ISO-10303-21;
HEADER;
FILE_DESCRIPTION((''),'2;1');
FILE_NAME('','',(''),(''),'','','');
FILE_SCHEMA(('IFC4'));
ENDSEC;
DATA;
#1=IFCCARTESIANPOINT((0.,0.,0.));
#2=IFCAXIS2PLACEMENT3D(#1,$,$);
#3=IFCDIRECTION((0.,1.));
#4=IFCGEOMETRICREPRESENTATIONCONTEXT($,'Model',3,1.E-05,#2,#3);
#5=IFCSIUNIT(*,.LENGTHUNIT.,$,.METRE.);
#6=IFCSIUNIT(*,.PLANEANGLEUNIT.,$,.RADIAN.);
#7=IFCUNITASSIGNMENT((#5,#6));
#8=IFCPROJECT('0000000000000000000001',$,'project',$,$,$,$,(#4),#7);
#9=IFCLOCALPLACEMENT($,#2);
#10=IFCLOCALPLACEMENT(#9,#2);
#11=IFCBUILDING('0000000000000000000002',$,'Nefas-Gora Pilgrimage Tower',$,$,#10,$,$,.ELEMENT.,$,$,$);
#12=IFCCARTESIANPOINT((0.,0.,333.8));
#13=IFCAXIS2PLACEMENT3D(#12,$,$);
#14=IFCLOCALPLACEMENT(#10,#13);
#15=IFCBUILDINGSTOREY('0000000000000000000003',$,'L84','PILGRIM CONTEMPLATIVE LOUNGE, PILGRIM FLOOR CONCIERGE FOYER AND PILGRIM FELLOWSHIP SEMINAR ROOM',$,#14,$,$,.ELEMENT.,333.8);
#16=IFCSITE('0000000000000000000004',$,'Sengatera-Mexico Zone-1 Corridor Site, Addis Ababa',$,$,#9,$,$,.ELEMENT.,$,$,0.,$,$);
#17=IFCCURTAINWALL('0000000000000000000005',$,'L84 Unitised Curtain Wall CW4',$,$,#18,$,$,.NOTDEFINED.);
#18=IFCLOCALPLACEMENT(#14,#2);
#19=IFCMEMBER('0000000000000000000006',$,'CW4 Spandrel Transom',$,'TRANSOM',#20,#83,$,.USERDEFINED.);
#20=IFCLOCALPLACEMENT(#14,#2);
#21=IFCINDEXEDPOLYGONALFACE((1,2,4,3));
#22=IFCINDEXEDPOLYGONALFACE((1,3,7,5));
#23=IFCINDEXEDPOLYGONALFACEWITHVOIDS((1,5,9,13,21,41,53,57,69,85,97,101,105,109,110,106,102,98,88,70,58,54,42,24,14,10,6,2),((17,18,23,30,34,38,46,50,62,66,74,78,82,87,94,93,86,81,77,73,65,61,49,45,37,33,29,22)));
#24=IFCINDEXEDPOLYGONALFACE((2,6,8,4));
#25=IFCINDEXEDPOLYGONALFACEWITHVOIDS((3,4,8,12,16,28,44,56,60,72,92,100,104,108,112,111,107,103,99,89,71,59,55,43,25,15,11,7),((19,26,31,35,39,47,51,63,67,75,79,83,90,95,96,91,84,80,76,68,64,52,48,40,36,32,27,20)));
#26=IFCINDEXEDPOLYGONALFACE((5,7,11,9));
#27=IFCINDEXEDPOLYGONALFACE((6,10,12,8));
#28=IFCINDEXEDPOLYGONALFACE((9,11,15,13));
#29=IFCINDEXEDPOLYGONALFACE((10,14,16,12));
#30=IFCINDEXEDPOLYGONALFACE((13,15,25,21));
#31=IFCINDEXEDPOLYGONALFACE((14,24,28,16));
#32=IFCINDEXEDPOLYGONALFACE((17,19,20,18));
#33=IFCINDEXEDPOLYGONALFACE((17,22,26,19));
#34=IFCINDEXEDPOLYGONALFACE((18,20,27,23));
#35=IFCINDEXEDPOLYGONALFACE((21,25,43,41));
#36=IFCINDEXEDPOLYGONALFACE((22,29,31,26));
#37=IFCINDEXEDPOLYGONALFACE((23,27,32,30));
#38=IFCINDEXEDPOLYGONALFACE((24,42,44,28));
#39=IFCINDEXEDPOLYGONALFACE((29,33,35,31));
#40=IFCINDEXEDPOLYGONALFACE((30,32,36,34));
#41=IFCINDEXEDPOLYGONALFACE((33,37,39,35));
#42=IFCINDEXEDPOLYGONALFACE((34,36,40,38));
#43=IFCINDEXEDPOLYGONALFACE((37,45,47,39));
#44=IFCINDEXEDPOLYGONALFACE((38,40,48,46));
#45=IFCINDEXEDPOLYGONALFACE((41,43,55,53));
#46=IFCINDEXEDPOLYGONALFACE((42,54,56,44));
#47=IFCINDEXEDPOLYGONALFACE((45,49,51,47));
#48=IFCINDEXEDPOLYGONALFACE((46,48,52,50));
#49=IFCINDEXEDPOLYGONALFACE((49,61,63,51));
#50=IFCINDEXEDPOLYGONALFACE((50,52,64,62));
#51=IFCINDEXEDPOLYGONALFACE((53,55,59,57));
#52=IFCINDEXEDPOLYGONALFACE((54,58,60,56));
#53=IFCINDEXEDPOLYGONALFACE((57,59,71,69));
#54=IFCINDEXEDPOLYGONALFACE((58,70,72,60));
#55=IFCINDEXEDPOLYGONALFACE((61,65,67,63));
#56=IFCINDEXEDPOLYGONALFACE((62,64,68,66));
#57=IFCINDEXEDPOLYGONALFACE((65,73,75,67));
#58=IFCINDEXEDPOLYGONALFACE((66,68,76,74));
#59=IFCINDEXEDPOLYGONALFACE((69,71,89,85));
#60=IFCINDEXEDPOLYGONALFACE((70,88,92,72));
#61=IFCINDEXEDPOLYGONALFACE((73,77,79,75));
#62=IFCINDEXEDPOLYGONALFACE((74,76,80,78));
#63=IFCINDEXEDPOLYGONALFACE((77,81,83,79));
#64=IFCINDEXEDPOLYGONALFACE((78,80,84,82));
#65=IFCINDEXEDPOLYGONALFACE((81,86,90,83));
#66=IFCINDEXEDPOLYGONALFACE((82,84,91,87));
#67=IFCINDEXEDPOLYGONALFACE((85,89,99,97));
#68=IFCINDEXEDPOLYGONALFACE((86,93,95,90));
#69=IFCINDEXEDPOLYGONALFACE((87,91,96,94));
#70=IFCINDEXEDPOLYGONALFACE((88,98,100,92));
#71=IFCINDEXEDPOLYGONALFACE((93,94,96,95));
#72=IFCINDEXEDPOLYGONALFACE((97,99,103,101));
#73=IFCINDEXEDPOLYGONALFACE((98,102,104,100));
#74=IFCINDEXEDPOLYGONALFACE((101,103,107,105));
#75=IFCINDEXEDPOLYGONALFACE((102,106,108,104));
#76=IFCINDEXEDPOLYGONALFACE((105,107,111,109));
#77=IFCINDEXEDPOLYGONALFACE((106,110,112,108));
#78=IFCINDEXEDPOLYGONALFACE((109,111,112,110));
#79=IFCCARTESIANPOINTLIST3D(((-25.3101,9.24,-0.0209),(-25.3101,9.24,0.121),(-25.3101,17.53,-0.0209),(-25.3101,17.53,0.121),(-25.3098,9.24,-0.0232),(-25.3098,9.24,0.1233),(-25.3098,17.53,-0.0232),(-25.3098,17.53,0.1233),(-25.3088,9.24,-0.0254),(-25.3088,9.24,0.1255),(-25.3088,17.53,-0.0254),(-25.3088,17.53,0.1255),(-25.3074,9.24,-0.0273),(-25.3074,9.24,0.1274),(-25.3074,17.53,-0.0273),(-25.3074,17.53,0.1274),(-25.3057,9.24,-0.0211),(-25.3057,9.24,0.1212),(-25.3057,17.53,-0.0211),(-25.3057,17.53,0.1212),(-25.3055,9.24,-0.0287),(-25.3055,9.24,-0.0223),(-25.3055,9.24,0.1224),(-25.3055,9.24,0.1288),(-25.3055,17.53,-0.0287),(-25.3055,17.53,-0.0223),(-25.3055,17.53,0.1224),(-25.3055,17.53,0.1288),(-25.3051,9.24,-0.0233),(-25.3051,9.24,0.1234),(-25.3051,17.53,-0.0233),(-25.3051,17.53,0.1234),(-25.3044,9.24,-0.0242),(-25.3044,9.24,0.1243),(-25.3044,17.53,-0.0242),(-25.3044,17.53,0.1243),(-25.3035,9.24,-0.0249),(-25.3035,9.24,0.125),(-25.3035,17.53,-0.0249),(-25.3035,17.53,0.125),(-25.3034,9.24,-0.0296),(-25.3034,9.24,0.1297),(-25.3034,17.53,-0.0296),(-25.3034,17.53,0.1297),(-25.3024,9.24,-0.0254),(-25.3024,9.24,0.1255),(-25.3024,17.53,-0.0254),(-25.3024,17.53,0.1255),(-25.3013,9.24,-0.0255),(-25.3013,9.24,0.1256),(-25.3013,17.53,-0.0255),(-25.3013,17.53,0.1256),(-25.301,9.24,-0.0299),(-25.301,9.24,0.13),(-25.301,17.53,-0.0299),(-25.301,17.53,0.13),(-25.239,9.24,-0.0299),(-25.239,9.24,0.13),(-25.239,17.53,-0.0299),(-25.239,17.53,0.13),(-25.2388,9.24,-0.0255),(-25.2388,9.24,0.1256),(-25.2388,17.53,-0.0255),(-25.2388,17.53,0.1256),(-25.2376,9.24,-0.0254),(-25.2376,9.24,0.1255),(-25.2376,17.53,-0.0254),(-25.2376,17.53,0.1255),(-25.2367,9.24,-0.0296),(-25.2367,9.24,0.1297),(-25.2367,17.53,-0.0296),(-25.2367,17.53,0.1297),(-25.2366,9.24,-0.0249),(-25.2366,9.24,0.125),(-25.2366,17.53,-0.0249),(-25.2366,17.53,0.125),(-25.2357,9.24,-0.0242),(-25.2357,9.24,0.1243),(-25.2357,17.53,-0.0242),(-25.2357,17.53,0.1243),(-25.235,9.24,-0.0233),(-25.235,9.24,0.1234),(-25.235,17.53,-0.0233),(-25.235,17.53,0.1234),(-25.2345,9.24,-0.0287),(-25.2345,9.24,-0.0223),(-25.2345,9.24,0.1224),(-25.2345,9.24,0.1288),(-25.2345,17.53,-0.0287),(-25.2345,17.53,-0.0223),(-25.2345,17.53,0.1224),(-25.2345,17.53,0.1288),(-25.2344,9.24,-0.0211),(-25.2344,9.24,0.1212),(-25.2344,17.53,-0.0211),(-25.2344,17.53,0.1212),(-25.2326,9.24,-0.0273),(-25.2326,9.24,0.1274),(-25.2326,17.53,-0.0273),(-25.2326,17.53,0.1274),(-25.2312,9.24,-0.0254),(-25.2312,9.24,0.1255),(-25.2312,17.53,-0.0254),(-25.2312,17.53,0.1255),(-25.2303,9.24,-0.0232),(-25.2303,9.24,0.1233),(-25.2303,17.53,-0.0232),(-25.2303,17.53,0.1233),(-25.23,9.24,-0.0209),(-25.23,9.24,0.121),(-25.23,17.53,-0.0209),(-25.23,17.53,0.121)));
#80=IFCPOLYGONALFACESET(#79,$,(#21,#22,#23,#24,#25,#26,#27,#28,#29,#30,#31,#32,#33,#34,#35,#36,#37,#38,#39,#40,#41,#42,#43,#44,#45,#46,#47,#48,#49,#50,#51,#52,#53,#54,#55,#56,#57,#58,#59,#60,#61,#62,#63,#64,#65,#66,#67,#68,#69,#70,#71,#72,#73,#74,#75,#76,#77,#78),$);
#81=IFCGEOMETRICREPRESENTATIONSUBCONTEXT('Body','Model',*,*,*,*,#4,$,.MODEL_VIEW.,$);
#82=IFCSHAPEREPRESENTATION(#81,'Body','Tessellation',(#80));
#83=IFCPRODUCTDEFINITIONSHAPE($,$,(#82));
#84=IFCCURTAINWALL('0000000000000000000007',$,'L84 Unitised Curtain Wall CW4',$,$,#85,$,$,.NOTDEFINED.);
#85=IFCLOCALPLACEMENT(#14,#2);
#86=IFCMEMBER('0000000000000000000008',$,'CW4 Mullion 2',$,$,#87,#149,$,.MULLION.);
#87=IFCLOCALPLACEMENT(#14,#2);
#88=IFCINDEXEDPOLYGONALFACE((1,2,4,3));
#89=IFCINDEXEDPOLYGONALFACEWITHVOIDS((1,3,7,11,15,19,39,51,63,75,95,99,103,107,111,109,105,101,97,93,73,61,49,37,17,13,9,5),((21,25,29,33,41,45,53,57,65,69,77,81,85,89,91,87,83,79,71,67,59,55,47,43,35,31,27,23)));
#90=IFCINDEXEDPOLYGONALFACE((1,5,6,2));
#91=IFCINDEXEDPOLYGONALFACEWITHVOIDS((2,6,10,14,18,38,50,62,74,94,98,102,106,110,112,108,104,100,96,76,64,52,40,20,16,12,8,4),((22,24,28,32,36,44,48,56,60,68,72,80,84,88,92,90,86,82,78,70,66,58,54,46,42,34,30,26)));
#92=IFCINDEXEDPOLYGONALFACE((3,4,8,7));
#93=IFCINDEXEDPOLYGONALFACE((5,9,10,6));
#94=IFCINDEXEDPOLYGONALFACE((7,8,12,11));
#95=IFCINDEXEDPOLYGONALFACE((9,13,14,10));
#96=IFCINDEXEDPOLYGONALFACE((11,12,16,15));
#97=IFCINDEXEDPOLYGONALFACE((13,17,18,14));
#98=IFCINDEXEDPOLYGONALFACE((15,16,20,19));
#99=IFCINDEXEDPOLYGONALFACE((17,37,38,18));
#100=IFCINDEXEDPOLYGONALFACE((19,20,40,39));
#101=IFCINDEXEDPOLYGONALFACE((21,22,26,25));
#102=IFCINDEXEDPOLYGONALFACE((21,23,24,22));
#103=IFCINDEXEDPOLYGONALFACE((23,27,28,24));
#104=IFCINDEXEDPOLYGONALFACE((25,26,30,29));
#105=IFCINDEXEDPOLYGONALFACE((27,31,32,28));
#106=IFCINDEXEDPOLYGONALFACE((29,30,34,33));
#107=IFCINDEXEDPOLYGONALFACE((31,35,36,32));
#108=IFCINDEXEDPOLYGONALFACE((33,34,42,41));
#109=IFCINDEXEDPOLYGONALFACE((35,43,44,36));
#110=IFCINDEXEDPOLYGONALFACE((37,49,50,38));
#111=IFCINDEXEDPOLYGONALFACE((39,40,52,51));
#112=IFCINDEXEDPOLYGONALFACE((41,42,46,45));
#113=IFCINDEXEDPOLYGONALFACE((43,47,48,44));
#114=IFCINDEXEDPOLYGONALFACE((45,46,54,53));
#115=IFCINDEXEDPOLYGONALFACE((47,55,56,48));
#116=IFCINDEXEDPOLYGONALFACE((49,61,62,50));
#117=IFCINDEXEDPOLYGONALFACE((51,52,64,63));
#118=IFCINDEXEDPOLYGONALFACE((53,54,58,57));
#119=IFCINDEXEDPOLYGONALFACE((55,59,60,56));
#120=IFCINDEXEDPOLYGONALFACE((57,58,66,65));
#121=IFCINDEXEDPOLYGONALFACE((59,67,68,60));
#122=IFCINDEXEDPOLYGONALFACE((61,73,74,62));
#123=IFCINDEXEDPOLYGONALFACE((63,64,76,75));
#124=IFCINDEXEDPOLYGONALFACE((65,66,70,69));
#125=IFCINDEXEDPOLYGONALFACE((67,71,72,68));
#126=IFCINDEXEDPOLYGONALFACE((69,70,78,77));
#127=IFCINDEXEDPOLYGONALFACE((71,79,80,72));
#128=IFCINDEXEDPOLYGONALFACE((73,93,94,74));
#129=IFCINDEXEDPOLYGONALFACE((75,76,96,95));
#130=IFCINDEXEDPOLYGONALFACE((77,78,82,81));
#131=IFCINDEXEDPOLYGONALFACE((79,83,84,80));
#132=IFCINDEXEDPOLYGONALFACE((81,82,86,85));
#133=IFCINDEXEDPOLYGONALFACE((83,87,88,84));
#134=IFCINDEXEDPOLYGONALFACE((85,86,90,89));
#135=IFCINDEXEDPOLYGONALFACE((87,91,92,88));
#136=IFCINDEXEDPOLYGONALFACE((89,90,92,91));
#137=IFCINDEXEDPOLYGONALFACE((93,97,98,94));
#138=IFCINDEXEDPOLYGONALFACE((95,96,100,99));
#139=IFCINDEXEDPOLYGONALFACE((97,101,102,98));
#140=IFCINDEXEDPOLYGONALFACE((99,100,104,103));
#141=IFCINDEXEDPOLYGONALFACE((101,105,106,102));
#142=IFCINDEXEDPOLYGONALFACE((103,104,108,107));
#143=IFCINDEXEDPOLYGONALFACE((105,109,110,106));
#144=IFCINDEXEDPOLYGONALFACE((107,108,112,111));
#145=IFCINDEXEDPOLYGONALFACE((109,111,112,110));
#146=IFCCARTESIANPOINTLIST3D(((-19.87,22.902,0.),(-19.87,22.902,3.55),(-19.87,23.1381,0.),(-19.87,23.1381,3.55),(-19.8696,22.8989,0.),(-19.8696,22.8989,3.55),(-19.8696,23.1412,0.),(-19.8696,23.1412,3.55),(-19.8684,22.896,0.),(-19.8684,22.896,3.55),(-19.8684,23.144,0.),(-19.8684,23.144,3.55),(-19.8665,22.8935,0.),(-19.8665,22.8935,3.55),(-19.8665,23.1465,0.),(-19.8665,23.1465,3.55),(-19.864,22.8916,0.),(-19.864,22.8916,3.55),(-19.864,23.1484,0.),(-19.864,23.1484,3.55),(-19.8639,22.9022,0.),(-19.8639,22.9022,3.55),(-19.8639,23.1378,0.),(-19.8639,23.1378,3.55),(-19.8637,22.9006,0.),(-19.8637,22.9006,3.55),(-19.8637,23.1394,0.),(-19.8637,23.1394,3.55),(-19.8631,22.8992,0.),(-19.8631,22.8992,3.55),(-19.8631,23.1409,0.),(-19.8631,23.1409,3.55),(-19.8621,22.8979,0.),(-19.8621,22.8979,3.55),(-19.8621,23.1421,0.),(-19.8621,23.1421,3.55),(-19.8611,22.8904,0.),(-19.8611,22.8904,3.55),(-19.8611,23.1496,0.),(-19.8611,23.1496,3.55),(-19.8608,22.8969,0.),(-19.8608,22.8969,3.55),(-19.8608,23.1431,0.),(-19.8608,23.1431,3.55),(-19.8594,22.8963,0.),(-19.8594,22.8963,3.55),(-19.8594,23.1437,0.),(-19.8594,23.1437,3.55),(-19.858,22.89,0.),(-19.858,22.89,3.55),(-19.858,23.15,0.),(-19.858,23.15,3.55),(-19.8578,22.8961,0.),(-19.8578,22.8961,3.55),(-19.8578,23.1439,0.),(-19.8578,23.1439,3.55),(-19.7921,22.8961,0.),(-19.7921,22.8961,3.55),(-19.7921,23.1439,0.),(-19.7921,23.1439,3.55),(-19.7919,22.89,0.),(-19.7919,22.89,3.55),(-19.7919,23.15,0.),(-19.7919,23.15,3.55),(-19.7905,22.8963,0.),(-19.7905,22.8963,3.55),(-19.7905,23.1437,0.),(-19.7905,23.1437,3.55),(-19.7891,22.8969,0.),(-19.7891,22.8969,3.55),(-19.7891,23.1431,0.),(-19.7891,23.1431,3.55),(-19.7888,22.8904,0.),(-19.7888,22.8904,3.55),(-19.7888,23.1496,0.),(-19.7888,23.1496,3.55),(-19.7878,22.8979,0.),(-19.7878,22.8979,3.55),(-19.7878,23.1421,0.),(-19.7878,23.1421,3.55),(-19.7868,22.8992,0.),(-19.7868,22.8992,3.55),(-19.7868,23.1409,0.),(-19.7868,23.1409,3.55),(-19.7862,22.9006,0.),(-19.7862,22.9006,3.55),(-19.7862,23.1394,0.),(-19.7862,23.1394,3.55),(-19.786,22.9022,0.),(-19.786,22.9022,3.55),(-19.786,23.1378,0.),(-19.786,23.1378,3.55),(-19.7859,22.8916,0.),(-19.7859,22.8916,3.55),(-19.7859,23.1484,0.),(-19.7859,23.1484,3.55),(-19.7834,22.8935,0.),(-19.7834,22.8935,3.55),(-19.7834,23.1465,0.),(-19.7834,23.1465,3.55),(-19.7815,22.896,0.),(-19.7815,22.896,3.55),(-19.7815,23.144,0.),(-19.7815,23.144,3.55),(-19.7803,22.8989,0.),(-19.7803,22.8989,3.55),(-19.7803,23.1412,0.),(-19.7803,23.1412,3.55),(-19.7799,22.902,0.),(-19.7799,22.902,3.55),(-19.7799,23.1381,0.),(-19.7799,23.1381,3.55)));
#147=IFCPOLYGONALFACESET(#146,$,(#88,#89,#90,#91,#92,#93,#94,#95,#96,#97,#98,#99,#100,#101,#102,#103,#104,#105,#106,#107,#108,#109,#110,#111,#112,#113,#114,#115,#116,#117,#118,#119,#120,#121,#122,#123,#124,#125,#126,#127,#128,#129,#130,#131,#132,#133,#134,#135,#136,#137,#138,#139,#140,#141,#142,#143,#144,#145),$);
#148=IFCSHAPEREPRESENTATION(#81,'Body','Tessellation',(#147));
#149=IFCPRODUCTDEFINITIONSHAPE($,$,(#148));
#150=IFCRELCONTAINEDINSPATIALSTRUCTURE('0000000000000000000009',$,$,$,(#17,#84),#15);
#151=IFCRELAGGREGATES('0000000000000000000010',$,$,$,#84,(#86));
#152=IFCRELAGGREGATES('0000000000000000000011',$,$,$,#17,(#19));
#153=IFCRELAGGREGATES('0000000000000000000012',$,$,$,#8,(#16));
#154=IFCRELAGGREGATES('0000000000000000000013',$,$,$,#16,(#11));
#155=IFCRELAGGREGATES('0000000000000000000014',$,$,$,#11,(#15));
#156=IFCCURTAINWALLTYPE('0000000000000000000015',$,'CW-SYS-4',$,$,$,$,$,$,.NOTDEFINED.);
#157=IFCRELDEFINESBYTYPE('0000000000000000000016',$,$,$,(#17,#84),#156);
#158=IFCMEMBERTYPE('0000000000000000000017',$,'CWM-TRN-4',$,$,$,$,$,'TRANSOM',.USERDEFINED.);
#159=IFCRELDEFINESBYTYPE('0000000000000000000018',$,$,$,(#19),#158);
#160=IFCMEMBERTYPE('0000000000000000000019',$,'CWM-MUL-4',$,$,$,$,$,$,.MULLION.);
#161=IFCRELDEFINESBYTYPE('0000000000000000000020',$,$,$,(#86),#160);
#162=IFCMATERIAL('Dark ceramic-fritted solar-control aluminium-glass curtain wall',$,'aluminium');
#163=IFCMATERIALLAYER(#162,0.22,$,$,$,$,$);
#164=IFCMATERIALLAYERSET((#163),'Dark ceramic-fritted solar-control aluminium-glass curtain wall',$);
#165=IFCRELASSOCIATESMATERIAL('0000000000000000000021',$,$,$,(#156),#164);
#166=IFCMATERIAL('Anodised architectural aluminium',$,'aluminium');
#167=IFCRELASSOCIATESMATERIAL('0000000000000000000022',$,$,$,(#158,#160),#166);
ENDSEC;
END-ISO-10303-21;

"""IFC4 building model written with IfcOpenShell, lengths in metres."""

from ifc_helpers import new_model, si_unit, direction, frame, origin, origin_2d, place, context, subcontext, project, spatial, hollow_rectangle, extrude, source, transform, mapped, material, layer, layer_set, material_profile, profile_set, type_object, element, aggregate, save


model = new_model("IFC4")

# Units and contexts
model_context = context("Model", 3, precision=1e-05, world=origin(), true_north=direction((0.0, 1.0)))
body_context = subcontext(model_context, "Body", "Model", "MODEL_VIEW")
ifc_project = project(units=[si_unit("LENGTHUNIT", "METRE"), si_unit("PLANEANGLEUNIT", "RADIAN")], contexts=[model_context])

# Site, building, storey
site_placement = place(None, origin())
site = spatial("IfcSite", under=ifc_project, at=site_placement, Name="Sengatera-Mexico Zone-1 Corridor Site, Addis Ababa", CompositionType="ELEMENT", RefElevation=0.0)
building_placement = place(site_placement, origin())
building = spatial("IfcBuilding", under=site, at=building_placement, Name="Nefas-Gora Pilgrimage Tower", CompositionType="ELEMENT")
storey_placement = place(building_placement, frame((0.0, 0.0, 333.8)))
storey = spatial("IfcBuildingStorey", under=building, at=storey_placement, Name="L84", Description="PILGRIM CONTEMPLATIVE LOUNGE, PILGRIM FLOOR CONCIERGE FOYER AND PILGRIM FELLOWSHIP SEMINAR ROOM", CompositionType="ELEMENT", Elevation=333.8)

# Curtain walls, members
ifc_material_1 = material(Name="Dark ceramic-fritted solar-control aluminium-glass curtain wall", Category="aluminium")
ifc_layer_1 = layer(ifc_material_1, 0.22)
ifc_layer_set_1 = layer_set([ifc_layer_1], Name="Dark ceramic-fritted solar-control aluminium-glass curtain wall")
curtain_wall_type = type_object("IfcCurtainWallType", Name="CW-SYS-4", PredefinedType="NOTDEFINED", material=ifc_layer_set_1)
curtain_wall_1_placement = place(storey_placement, origin())
curtain_wall_1 = element("IfcCurtainWall", 1, at=curtain_wall_1_placement, inside=storey, type_object=curtain_wall_type, Name="L84 Unitised Curtain Wall CW4", PredefinedType="NOTDEFINED")
ifc_material_2 = material(Name="Anodised architectural aluminium", Category="aluminium")
ifc_material_profile_1 = material_profile(ifc_material_2, hollow_rectangle(XDim=0.0801, YDim=0.1599, WallThickness=0.0044, InnerFilletRadius=0.0044, OuterFilletRadius=0.009, at=origin_2d()), Name="ALU TRANSOM 80x160")
ifc_profile_set_1 = profile_set([ifc_material_profile_1], Name="Anodised architectural aluminium")
member_type_1 = type_object("IfcMemberType", Name="CWM-TRN-4", ElementType="TRANSOM", PredefinedType="USERDEFINED", material=ifc_profile_set_1)
shared_shape_1 = source(origin(), body_context, "Body", "SweptSolid", [
    extrude(hollow_rectangle(XDim=0.0801, YDim=0.1599, WallThickness=0.0044, InnerFilletRadius=0.0044, OuterFilletRadius=0.009, at=origin_2d()), origin(), (0.0, 0.0, 1.0), 8.29),
])
member_1_placement = place(storey_placement, frame((-25.27, 17.53, 0.05), z_axis=(0.0, -1.0, 0.0), x_axis=(1.0, 0.0, 0.0)))
member_1 = element("IfcMember", 2, at=member_1_placement, type_object=member_type_1, Name="CW4 Spandrel Transom", ObjectType="TRANSOM", PredefinedType="USERDEFINED", context=body_context, shape_type="MappedRepresentation", body=[
    mapped(shared_shape_1, transform((0.0, 0.0, 0.0), x_axis=(1.0, 0.0, 0.0), y_axis=(0.0, 1.0, 0.0), z_axis=(0.0, 0.0, 1.0), scale=1.0)),
])
curtain_wall_2_placement = place(storey_placement, origin())
curtain_wall_2 = element("IfcCurtainWall", 3, at=curtain_wall_2_placement, inside=storey, type_object=curtain_wall_type, Name="L84 Unitised Curtain Wall CW4", PredefinedType="NOTDEFINED")
ifc_material_profile_2 = material_profile(ifc_material_2, hollow_rectangle(XDim=0.0901, YDim=0.26, WallThickness=0.0061, InnerFilletRadius=0.0061, OuterFilletRadius=0.012, at=origin_2d()), Name="ALU MULLION 90x260")
ifc_profile_set_2 = profile_set([ifc_material_profile_2], Name="Anodised architectural aluminium")
member_type_2 = type_object("IfcMemberType", Name="CWM-MUL-4", PredefinedType="MULLION", material=ifc_profile_set_2)
shared_shape_2 = source(origin(), body_context, "Body", "SweptSolid", [
    extrude(hollow_rectangle(XDim=0.0901, YDim=0.26, WallThickness=0.0061, InnerFilletRadius=0.0061, OuterFilletRadius=0.012, at=origin_2d()), origin(), (0.0, 0.0, 1.0), 3.55),
])
member_2_placement = place(storey_placement, frame((-19.825, 23.02, 0.0), z_axis=(0.0, 0.0, 1.0), x_axis=(-1.0, 0.0, 0.0)))
member_2 = element("IfcMember", 4, at=member_2_placement, type_object=member_type_2, Name="CW4 Mullion 2", PredefinedType="MULLION", context=body_context, shape_type="MappedRepresentation", body=[
    mapped(shared_shape_2, transform((0.0, 0.0, 0.0), x_axis=(1.0, 0.0, 0.0), y_axis=(0.0, 1.0, 0.0), z_axis=(0.0, 0.0, 1.0), scale=1.0)),
])
aggregate(curtain_wall_2, [member_2])

aggregate(curtain_wall_1, [member_1])

save(model, "model.ifc")
